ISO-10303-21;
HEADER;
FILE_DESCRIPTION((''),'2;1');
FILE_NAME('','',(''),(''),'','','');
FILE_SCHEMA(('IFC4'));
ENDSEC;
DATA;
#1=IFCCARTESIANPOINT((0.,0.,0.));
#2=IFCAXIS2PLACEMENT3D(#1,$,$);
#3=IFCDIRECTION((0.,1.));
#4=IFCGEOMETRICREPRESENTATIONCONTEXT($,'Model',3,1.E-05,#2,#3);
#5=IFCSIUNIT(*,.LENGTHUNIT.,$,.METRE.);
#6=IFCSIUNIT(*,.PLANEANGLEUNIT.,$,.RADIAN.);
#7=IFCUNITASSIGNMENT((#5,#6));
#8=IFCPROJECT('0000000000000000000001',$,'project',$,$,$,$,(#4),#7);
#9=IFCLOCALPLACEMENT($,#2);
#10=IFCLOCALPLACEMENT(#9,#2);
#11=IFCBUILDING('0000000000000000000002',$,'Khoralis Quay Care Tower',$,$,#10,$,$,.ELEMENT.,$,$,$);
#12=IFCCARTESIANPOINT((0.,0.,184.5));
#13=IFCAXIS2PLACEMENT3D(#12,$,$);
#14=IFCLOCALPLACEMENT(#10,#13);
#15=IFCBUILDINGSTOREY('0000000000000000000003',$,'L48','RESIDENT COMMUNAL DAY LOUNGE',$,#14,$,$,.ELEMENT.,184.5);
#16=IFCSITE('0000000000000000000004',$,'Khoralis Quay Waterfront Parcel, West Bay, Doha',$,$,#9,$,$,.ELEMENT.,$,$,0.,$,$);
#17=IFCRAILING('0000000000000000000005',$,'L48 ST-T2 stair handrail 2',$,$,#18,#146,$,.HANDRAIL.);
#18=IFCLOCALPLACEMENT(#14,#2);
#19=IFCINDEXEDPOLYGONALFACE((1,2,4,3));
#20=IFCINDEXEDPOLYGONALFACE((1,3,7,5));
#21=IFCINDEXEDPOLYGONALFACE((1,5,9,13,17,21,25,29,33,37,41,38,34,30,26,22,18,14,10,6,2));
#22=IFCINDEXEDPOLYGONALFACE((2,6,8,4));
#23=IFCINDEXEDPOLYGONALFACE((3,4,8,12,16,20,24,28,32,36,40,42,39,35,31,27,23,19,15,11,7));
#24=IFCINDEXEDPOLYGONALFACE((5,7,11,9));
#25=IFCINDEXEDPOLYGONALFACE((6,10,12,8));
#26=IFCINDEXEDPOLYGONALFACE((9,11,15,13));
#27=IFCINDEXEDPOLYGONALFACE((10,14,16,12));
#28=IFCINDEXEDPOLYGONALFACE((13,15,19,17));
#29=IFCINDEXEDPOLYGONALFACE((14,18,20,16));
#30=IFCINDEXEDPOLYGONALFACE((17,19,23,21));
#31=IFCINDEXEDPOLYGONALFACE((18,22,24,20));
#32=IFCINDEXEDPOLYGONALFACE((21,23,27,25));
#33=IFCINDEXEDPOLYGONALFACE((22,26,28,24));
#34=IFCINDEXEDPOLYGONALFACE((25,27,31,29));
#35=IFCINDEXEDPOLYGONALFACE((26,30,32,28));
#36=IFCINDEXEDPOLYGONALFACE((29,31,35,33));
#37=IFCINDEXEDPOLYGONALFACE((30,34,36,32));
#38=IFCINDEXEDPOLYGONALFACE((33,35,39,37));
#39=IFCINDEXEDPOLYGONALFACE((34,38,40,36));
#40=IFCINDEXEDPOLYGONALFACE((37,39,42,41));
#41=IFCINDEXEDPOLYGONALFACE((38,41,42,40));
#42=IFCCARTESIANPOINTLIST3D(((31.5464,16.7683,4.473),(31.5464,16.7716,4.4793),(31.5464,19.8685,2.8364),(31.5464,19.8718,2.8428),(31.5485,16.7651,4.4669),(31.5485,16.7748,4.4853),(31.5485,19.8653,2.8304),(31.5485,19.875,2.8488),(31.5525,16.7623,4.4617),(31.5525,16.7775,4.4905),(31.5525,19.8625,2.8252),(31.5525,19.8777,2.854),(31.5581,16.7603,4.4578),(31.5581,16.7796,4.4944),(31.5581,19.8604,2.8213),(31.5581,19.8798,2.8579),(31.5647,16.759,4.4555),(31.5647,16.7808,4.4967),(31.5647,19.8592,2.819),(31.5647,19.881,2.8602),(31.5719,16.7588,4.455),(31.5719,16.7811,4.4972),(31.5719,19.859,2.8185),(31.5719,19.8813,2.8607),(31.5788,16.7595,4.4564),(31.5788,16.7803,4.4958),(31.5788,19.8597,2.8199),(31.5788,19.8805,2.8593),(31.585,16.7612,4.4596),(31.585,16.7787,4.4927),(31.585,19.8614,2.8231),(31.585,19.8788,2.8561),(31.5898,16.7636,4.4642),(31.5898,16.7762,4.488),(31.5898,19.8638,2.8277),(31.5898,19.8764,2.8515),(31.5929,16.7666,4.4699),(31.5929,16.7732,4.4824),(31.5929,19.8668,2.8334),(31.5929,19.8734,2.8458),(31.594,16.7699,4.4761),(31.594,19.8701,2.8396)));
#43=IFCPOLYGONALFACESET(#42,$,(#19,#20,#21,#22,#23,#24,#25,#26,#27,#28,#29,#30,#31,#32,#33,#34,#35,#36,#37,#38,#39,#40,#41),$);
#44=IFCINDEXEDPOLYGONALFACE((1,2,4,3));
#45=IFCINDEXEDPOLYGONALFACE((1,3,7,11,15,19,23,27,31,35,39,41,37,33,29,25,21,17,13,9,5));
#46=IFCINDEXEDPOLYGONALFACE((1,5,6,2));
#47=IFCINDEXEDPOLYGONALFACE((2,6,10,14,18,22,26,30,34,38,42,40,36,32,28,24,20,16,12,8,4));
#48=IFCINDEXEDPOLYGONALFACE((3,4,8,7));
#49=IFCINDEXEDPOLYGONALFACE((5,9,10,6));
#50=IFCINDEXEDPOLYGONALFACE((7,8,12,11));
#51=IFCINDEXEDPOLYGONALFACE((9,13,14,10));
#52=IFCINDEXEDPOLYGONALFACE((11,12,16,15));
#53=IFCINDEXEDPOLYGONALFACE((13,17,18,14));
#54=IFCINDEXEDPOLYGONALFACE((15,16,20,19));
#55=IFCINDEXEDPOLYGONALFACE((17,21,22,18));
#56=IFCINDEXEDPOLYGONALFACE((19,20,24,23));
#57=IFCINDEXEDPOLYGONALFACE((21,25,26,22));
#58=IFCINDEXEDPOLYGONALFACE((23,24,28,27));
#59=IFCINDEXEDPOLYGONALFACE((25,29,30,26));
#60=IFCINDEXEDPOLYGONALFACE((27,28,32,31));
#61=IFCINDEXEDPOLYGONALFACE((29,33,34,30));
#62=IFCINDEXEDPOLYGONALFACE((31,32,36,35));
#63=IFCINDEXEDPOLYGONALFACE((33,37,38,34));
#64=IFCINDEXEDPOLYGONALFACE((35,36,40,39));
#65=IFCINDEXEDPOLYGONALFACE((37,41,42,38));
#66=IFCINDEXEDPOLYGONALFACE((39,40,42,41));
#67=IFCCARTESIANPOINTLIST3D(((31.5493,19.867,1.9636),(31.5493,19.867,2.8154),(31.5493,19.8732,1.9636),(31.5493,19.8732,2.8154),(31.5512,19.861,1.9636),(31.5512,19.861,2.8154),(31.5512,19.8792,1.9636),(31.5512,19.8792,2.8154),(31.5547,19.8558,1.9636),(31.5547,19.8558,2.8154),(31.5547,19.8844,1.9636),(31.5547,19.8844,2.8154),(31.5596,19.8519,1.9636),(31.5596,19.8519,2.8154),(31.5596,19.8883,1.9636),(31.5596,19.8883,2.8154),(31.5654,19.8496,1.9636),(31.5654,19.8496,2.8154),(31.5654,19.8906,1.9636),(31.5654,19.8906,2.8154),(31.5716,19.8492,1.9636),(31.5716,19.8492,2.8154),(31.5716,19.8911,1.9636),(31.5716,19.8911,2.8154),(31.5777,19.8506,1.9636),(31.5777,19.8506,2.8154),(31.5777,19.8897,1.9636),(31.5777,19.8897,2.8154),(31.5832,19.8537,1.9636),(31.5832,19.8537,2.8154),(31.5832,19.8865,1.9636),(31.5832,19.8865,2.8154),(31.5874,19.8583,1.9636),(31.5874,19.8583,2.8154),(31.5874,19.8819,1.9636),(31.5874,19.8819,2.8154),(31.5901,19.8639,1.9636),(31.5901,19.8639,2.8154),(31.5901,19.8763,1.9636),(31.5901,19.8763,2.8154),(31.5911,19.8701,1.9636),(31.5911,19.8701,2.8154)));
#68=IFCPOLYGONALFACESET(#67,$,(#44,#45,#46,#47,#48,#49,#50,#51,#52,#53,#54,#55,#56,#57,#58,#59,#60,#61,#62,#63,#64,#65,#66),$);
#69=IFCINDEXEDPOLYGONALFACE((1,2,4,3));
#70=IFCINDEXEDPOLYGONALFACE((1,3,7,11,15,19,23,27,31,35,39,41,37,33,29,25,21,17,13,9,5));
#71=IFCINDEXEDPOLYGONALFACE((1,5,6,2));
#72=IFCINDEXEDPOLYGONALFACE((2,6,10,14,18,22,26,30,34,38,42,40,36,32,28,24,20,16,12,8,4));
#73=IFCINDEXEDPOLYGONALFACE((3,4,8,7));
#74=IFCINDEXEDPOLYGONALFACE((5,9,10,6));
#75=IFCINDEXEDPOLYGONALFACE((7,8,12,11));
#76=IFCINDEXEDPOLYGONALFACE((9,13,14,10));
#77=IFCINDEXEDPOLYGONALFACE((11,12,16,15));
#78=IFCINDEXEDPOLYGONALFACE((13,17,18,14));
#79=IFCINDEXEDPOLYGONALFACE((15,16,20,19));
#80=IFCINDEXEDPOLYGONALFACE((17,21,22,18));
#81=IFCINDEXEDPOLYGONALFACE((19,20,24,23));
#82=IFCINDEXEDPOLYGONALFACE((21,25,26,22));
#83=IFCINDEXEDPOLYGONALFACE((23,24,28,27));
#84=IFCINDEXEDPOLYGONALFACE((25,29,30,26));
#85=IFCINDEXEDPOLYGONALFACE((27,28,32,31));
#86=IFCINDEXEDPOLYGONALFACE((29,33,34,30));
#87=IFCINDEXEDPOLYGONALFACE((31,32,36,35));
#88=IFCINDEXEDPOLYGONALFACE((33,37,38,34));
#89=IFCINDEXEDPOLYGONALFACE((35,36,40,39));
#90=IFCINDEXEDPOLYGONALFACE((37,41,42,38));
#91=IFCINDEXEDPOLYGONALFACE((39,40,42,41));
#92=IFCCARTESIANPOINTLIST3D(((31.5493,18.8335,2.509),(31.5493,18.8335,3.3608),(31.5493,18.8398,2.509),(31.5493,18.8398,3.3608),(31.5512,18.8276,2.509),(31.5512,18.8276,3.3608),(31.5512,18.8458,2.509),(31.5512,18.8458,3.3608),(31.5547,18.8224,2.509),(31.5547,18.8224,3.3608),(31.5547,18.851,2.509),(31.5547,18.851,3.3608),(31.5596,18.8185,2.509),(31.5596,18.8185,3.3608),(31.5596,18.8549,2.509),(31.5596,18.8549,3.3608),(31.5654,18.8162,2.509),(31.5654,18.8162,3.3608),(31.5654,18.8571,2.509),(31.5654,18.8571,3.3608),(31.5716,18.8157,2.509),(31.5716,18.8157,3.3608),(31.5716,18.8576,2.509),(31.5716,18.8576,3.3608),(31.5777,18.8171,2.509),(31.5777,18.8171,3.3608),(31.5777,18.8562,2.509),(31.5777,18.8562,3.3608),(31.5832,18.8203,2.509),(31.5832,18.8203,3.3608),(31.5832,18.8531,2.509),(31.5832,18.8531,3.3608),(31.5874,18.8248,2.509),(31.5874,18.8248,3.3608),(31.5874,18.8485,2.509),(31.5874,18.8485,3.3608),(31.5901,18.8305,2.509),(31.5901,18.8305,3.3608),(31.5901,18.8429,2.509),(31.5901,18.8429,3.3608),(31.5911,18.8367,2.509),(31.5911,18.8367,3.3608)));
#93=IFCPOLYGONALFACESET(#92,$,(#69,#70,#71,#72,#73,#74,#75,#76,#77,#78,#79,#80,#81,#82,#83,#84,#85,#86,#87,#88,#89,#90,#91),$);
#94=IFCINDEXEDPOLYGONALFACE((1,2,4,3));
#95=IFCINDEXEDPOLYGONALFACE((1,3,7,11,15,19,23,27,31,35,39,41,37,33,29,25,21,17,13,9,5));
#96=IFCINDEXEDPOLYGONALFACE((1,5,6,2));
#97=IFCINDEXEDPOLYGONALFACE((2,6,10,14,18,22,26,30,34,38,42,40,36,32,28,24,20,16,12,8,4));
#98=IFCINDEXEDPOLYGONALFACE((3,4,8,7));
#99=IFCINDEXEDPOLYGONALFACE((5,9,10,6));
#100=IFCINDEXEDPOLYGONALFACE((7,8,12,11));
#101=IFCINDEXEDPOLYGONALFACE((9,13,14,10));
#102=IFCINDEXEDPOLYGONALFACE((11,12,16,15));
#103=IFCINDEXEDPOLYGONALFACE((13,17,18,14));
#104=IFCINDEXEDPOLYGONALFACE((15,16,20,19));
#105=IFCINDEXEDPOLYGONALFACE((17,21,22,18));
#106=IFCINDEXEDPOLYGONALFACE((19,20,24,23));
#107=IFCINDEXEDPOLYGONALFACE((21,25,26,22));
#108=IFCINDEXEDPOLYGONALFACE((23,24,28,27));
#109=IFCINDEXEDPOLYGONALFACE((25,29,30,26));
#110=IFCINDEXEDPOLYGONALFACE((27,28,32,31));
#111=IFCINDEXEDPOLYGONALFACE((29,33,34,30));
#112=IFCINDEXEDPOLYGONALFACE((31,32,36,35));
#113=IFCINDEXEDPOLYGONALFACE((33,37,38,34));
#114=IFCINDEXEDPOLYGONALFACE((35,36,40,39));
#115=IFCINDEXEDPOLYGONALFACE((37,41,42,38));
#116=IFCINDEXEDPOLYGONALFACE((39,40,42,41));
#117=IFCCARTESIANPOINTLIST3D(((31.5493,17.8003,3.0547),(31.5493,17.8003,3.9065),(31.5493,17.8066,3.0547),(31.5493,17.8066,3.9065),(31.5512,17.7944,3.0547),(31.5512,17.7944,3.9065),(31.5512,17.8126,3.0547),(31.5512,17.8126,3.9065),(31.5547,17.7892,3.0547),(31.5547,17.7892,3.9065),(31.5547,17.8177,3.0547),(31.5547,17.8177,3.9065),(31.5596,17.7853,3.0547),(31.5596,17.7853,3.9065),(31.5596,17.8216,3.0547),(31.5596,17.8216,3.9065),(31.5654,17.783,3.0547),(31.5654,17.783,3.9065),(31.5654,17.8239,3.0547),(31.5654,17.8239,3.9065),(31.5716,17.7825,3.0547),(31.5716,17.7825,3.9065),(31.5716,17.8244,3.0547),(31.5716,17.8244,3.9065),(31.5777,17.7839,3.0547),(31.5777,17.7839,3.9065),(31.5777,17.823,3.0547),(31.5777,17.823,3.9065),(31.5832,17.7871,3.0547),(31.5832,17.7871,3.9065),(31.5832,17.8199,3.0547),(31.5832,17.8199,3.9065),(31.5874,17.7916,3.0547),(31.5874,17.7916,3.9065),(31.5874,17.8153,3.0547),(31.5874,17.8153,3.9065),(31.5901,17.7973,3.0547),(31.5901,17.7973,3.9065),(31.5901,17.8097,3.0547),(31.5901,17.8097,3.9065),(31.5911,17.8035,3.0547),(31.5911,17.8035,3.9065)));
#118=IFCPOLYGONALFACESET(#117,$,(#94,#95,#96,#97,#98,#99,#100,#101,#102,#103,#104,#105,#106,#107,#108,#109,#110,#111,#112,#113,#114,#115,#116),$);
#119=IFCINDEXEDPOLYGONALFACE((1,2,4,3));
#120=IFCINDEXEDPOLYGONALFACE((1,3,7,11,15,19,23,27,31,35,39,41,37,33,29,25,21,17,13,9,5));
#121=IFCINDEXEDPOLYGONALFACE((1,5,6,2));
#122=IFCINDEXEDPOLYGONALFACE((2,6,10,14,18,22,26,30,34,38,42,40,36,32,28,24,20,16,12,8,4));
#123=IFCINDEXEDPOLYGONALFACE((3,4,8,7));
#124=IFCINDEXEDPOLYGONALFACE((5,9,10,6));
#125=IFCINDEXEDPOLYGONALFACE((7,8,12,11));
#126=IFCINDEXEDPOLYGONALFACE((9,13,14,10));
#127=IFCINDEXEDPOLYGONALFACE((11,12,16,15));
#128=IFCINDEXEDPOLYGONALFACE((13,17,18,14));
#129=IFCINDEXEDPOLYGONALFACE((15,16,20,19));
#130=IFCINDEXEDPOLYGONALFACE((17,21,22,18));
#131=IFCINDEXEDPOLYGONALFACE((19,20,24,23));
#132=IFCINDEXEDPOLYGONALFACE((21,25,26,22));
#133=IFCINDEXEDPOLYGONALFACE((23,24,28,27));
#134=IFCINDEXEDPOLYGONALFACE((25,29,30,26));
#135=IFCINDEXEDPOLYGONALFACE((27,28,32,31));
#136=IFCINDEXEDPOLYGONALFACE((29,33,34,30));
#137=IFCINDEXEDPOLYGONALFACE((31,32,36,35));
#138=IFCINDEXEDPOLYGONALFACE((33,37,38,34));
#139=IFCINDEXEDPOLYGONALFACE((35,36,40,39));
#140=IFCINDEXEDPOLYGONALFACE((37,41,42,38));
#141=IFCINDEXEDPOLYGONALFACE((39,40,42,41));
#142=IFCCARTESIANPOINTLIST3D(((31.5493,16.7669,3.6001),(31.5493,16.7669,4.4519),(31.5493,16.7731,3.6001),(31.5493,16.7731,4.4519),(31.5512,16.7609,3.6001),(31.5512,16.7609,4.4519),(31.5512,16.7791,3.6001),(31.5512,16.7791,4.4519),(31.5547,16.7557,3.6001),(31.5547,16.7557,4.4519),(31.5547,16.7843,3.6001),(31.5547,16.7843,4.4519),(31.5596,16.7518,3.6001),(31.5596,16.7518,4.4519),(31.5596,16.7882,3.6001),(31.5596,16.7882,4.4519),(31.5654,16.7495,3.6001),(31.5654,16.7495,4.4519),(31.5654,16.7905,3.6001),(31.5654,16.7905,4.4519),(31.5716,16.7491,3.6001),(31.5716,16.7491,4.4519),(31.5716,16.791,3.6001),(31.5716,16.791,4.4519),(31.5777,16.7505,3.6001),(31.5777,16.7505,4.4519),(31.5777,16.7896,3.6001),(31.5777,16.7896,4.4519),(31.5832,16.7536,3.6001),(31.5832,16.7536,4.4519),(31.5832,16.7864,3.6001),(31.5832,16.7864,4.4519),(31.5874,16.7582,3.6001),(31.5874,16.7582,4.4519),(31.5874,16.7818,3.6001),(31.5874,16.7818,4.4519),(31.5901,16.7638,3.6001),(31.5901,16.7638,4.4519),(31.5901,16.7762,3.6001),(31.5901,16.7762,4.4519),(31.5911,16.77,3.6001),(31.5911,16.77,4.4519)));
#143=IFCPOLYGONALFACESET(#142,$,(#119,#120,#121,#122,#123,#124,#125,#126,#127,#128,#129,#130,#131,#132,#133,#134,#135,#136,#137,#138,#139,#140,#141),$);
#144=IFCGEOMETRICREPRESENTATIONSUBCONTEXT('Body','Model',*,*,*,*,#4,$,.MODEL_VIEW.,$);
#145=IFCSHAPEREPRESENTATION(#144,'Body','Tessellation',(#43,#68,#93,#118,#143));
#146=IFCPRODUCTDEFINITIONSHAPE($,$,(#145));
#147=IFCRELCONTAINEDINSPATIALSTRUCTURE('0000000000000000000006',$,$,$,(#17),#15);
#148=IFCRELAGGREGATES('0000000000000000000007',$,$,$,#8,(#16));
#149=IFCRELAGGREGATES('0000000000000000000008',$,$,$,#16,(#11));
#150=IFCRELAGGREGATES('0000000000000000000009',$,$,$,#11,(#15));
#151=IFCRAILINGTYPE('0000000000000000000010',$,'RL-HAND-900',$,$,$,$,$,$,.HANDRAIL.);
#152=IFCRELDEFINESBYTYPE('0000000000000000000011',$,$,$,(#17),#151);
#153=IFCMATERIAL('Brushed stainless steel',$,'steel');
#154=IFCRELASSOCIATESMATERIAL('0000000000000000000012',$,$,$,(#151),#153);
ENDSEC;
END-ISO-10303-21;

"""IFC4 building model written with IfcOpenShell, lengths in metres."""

from ifc_helpers import new_model, si_unit, direction, frame, origin, origin_2d, place, context, subcontext, project, spatial, circle, extrude, material, type_object, element, save


model = new_model("IFC4")

# Units and contexts
model_context = context("Model", 3, precision=1e-05, world=origin(), true_north=direction((0.0, 1.0)))
body_context = subcontext(model_context, "Body", "Model", "MODEL_VIEW")
ifc_project = project(units=[si_unit("LENGTHUNIT", "METRE"), si_unit("PLANEANGLEUNIT", "RADIAN")], contexts=[model_context])

# Site, building, storey
site_placement = place(None, origin())
site = spatial("IfcSite", under=ifc_project, at=site_placement, Name="Khoralis Quay Waterfront Parcel, West Bay, Doha", CompositionType="ELEMENT", RefElevation=0.0)
building_placement = place(site_placement, origin())
building = spatial("IfcBuilding", under=site, at=building_placement, Name="Khoralis Quay Care Tower", CompositionType="ELEMENT")
storey_placement = place(building_placement, frame((0.0, 0.0, 184.5)))
storey = spatial("IfcBuildingStorey", under=building, at=storey_placement, Name="L48", Description="RESIDENT COMMUNAL DAY LOUNGE", CompositionType="ELEMENT", Elevation=184.5)

# Shared definitions
ifc_material_1 = material(Name="Brushed stainless steel", Category="steel")

# Railing
railing_type_1 = type_object("IfcRailingType", Name="RL-HAND-900", PredefinedType="HANDRAIL", material=ifc_material_1)
railing_1_placement = place(storey_placement, frame((31.5701, 19.8701, 1.9636)))
element("IfcRailing", 1, at=railing_1_placement, inside=storey, type_object=railing_type_1, Name="L48 ST-T2 stair handrail 2", PredefinedType="HANDRAIL", context=body_context, shape_type="SweptSolid", body=[
    extrude(circle(Radius=0.0239, at=origin_2d()), frame((0.0, 0.0, 0.876), z_axis=(0.0, -0.884348, 0.466828), x_axis=(1.0, 0.0, 0.0)), (0.0, 0.0, 1.0), 3.5056),
    extrude(circle(Radius=0.021, at=origin_2d()), origin(), (0.0, 0.0, 1.0), 0.8518),
    extrude(circle(Radius=0.021, at=origin_2d()), frame((0.0, -1.0334, 0.5454)), (0.0, 0.0, 1.0), 0.8518),
    extrude(circle(Radius=0.021, at=origin_2d()), frame((0.0, -2.0667, 1.0911)), (0.0, 0.0, 1.0), 0.8518),
    extrude(circle(Radius=0.021, at=origin_2d()), frame((0.0, -3.1001, 1.6365)), (0.0, 0.0, 1.0), 0.8518),
])

save(model, "model.ifc")
